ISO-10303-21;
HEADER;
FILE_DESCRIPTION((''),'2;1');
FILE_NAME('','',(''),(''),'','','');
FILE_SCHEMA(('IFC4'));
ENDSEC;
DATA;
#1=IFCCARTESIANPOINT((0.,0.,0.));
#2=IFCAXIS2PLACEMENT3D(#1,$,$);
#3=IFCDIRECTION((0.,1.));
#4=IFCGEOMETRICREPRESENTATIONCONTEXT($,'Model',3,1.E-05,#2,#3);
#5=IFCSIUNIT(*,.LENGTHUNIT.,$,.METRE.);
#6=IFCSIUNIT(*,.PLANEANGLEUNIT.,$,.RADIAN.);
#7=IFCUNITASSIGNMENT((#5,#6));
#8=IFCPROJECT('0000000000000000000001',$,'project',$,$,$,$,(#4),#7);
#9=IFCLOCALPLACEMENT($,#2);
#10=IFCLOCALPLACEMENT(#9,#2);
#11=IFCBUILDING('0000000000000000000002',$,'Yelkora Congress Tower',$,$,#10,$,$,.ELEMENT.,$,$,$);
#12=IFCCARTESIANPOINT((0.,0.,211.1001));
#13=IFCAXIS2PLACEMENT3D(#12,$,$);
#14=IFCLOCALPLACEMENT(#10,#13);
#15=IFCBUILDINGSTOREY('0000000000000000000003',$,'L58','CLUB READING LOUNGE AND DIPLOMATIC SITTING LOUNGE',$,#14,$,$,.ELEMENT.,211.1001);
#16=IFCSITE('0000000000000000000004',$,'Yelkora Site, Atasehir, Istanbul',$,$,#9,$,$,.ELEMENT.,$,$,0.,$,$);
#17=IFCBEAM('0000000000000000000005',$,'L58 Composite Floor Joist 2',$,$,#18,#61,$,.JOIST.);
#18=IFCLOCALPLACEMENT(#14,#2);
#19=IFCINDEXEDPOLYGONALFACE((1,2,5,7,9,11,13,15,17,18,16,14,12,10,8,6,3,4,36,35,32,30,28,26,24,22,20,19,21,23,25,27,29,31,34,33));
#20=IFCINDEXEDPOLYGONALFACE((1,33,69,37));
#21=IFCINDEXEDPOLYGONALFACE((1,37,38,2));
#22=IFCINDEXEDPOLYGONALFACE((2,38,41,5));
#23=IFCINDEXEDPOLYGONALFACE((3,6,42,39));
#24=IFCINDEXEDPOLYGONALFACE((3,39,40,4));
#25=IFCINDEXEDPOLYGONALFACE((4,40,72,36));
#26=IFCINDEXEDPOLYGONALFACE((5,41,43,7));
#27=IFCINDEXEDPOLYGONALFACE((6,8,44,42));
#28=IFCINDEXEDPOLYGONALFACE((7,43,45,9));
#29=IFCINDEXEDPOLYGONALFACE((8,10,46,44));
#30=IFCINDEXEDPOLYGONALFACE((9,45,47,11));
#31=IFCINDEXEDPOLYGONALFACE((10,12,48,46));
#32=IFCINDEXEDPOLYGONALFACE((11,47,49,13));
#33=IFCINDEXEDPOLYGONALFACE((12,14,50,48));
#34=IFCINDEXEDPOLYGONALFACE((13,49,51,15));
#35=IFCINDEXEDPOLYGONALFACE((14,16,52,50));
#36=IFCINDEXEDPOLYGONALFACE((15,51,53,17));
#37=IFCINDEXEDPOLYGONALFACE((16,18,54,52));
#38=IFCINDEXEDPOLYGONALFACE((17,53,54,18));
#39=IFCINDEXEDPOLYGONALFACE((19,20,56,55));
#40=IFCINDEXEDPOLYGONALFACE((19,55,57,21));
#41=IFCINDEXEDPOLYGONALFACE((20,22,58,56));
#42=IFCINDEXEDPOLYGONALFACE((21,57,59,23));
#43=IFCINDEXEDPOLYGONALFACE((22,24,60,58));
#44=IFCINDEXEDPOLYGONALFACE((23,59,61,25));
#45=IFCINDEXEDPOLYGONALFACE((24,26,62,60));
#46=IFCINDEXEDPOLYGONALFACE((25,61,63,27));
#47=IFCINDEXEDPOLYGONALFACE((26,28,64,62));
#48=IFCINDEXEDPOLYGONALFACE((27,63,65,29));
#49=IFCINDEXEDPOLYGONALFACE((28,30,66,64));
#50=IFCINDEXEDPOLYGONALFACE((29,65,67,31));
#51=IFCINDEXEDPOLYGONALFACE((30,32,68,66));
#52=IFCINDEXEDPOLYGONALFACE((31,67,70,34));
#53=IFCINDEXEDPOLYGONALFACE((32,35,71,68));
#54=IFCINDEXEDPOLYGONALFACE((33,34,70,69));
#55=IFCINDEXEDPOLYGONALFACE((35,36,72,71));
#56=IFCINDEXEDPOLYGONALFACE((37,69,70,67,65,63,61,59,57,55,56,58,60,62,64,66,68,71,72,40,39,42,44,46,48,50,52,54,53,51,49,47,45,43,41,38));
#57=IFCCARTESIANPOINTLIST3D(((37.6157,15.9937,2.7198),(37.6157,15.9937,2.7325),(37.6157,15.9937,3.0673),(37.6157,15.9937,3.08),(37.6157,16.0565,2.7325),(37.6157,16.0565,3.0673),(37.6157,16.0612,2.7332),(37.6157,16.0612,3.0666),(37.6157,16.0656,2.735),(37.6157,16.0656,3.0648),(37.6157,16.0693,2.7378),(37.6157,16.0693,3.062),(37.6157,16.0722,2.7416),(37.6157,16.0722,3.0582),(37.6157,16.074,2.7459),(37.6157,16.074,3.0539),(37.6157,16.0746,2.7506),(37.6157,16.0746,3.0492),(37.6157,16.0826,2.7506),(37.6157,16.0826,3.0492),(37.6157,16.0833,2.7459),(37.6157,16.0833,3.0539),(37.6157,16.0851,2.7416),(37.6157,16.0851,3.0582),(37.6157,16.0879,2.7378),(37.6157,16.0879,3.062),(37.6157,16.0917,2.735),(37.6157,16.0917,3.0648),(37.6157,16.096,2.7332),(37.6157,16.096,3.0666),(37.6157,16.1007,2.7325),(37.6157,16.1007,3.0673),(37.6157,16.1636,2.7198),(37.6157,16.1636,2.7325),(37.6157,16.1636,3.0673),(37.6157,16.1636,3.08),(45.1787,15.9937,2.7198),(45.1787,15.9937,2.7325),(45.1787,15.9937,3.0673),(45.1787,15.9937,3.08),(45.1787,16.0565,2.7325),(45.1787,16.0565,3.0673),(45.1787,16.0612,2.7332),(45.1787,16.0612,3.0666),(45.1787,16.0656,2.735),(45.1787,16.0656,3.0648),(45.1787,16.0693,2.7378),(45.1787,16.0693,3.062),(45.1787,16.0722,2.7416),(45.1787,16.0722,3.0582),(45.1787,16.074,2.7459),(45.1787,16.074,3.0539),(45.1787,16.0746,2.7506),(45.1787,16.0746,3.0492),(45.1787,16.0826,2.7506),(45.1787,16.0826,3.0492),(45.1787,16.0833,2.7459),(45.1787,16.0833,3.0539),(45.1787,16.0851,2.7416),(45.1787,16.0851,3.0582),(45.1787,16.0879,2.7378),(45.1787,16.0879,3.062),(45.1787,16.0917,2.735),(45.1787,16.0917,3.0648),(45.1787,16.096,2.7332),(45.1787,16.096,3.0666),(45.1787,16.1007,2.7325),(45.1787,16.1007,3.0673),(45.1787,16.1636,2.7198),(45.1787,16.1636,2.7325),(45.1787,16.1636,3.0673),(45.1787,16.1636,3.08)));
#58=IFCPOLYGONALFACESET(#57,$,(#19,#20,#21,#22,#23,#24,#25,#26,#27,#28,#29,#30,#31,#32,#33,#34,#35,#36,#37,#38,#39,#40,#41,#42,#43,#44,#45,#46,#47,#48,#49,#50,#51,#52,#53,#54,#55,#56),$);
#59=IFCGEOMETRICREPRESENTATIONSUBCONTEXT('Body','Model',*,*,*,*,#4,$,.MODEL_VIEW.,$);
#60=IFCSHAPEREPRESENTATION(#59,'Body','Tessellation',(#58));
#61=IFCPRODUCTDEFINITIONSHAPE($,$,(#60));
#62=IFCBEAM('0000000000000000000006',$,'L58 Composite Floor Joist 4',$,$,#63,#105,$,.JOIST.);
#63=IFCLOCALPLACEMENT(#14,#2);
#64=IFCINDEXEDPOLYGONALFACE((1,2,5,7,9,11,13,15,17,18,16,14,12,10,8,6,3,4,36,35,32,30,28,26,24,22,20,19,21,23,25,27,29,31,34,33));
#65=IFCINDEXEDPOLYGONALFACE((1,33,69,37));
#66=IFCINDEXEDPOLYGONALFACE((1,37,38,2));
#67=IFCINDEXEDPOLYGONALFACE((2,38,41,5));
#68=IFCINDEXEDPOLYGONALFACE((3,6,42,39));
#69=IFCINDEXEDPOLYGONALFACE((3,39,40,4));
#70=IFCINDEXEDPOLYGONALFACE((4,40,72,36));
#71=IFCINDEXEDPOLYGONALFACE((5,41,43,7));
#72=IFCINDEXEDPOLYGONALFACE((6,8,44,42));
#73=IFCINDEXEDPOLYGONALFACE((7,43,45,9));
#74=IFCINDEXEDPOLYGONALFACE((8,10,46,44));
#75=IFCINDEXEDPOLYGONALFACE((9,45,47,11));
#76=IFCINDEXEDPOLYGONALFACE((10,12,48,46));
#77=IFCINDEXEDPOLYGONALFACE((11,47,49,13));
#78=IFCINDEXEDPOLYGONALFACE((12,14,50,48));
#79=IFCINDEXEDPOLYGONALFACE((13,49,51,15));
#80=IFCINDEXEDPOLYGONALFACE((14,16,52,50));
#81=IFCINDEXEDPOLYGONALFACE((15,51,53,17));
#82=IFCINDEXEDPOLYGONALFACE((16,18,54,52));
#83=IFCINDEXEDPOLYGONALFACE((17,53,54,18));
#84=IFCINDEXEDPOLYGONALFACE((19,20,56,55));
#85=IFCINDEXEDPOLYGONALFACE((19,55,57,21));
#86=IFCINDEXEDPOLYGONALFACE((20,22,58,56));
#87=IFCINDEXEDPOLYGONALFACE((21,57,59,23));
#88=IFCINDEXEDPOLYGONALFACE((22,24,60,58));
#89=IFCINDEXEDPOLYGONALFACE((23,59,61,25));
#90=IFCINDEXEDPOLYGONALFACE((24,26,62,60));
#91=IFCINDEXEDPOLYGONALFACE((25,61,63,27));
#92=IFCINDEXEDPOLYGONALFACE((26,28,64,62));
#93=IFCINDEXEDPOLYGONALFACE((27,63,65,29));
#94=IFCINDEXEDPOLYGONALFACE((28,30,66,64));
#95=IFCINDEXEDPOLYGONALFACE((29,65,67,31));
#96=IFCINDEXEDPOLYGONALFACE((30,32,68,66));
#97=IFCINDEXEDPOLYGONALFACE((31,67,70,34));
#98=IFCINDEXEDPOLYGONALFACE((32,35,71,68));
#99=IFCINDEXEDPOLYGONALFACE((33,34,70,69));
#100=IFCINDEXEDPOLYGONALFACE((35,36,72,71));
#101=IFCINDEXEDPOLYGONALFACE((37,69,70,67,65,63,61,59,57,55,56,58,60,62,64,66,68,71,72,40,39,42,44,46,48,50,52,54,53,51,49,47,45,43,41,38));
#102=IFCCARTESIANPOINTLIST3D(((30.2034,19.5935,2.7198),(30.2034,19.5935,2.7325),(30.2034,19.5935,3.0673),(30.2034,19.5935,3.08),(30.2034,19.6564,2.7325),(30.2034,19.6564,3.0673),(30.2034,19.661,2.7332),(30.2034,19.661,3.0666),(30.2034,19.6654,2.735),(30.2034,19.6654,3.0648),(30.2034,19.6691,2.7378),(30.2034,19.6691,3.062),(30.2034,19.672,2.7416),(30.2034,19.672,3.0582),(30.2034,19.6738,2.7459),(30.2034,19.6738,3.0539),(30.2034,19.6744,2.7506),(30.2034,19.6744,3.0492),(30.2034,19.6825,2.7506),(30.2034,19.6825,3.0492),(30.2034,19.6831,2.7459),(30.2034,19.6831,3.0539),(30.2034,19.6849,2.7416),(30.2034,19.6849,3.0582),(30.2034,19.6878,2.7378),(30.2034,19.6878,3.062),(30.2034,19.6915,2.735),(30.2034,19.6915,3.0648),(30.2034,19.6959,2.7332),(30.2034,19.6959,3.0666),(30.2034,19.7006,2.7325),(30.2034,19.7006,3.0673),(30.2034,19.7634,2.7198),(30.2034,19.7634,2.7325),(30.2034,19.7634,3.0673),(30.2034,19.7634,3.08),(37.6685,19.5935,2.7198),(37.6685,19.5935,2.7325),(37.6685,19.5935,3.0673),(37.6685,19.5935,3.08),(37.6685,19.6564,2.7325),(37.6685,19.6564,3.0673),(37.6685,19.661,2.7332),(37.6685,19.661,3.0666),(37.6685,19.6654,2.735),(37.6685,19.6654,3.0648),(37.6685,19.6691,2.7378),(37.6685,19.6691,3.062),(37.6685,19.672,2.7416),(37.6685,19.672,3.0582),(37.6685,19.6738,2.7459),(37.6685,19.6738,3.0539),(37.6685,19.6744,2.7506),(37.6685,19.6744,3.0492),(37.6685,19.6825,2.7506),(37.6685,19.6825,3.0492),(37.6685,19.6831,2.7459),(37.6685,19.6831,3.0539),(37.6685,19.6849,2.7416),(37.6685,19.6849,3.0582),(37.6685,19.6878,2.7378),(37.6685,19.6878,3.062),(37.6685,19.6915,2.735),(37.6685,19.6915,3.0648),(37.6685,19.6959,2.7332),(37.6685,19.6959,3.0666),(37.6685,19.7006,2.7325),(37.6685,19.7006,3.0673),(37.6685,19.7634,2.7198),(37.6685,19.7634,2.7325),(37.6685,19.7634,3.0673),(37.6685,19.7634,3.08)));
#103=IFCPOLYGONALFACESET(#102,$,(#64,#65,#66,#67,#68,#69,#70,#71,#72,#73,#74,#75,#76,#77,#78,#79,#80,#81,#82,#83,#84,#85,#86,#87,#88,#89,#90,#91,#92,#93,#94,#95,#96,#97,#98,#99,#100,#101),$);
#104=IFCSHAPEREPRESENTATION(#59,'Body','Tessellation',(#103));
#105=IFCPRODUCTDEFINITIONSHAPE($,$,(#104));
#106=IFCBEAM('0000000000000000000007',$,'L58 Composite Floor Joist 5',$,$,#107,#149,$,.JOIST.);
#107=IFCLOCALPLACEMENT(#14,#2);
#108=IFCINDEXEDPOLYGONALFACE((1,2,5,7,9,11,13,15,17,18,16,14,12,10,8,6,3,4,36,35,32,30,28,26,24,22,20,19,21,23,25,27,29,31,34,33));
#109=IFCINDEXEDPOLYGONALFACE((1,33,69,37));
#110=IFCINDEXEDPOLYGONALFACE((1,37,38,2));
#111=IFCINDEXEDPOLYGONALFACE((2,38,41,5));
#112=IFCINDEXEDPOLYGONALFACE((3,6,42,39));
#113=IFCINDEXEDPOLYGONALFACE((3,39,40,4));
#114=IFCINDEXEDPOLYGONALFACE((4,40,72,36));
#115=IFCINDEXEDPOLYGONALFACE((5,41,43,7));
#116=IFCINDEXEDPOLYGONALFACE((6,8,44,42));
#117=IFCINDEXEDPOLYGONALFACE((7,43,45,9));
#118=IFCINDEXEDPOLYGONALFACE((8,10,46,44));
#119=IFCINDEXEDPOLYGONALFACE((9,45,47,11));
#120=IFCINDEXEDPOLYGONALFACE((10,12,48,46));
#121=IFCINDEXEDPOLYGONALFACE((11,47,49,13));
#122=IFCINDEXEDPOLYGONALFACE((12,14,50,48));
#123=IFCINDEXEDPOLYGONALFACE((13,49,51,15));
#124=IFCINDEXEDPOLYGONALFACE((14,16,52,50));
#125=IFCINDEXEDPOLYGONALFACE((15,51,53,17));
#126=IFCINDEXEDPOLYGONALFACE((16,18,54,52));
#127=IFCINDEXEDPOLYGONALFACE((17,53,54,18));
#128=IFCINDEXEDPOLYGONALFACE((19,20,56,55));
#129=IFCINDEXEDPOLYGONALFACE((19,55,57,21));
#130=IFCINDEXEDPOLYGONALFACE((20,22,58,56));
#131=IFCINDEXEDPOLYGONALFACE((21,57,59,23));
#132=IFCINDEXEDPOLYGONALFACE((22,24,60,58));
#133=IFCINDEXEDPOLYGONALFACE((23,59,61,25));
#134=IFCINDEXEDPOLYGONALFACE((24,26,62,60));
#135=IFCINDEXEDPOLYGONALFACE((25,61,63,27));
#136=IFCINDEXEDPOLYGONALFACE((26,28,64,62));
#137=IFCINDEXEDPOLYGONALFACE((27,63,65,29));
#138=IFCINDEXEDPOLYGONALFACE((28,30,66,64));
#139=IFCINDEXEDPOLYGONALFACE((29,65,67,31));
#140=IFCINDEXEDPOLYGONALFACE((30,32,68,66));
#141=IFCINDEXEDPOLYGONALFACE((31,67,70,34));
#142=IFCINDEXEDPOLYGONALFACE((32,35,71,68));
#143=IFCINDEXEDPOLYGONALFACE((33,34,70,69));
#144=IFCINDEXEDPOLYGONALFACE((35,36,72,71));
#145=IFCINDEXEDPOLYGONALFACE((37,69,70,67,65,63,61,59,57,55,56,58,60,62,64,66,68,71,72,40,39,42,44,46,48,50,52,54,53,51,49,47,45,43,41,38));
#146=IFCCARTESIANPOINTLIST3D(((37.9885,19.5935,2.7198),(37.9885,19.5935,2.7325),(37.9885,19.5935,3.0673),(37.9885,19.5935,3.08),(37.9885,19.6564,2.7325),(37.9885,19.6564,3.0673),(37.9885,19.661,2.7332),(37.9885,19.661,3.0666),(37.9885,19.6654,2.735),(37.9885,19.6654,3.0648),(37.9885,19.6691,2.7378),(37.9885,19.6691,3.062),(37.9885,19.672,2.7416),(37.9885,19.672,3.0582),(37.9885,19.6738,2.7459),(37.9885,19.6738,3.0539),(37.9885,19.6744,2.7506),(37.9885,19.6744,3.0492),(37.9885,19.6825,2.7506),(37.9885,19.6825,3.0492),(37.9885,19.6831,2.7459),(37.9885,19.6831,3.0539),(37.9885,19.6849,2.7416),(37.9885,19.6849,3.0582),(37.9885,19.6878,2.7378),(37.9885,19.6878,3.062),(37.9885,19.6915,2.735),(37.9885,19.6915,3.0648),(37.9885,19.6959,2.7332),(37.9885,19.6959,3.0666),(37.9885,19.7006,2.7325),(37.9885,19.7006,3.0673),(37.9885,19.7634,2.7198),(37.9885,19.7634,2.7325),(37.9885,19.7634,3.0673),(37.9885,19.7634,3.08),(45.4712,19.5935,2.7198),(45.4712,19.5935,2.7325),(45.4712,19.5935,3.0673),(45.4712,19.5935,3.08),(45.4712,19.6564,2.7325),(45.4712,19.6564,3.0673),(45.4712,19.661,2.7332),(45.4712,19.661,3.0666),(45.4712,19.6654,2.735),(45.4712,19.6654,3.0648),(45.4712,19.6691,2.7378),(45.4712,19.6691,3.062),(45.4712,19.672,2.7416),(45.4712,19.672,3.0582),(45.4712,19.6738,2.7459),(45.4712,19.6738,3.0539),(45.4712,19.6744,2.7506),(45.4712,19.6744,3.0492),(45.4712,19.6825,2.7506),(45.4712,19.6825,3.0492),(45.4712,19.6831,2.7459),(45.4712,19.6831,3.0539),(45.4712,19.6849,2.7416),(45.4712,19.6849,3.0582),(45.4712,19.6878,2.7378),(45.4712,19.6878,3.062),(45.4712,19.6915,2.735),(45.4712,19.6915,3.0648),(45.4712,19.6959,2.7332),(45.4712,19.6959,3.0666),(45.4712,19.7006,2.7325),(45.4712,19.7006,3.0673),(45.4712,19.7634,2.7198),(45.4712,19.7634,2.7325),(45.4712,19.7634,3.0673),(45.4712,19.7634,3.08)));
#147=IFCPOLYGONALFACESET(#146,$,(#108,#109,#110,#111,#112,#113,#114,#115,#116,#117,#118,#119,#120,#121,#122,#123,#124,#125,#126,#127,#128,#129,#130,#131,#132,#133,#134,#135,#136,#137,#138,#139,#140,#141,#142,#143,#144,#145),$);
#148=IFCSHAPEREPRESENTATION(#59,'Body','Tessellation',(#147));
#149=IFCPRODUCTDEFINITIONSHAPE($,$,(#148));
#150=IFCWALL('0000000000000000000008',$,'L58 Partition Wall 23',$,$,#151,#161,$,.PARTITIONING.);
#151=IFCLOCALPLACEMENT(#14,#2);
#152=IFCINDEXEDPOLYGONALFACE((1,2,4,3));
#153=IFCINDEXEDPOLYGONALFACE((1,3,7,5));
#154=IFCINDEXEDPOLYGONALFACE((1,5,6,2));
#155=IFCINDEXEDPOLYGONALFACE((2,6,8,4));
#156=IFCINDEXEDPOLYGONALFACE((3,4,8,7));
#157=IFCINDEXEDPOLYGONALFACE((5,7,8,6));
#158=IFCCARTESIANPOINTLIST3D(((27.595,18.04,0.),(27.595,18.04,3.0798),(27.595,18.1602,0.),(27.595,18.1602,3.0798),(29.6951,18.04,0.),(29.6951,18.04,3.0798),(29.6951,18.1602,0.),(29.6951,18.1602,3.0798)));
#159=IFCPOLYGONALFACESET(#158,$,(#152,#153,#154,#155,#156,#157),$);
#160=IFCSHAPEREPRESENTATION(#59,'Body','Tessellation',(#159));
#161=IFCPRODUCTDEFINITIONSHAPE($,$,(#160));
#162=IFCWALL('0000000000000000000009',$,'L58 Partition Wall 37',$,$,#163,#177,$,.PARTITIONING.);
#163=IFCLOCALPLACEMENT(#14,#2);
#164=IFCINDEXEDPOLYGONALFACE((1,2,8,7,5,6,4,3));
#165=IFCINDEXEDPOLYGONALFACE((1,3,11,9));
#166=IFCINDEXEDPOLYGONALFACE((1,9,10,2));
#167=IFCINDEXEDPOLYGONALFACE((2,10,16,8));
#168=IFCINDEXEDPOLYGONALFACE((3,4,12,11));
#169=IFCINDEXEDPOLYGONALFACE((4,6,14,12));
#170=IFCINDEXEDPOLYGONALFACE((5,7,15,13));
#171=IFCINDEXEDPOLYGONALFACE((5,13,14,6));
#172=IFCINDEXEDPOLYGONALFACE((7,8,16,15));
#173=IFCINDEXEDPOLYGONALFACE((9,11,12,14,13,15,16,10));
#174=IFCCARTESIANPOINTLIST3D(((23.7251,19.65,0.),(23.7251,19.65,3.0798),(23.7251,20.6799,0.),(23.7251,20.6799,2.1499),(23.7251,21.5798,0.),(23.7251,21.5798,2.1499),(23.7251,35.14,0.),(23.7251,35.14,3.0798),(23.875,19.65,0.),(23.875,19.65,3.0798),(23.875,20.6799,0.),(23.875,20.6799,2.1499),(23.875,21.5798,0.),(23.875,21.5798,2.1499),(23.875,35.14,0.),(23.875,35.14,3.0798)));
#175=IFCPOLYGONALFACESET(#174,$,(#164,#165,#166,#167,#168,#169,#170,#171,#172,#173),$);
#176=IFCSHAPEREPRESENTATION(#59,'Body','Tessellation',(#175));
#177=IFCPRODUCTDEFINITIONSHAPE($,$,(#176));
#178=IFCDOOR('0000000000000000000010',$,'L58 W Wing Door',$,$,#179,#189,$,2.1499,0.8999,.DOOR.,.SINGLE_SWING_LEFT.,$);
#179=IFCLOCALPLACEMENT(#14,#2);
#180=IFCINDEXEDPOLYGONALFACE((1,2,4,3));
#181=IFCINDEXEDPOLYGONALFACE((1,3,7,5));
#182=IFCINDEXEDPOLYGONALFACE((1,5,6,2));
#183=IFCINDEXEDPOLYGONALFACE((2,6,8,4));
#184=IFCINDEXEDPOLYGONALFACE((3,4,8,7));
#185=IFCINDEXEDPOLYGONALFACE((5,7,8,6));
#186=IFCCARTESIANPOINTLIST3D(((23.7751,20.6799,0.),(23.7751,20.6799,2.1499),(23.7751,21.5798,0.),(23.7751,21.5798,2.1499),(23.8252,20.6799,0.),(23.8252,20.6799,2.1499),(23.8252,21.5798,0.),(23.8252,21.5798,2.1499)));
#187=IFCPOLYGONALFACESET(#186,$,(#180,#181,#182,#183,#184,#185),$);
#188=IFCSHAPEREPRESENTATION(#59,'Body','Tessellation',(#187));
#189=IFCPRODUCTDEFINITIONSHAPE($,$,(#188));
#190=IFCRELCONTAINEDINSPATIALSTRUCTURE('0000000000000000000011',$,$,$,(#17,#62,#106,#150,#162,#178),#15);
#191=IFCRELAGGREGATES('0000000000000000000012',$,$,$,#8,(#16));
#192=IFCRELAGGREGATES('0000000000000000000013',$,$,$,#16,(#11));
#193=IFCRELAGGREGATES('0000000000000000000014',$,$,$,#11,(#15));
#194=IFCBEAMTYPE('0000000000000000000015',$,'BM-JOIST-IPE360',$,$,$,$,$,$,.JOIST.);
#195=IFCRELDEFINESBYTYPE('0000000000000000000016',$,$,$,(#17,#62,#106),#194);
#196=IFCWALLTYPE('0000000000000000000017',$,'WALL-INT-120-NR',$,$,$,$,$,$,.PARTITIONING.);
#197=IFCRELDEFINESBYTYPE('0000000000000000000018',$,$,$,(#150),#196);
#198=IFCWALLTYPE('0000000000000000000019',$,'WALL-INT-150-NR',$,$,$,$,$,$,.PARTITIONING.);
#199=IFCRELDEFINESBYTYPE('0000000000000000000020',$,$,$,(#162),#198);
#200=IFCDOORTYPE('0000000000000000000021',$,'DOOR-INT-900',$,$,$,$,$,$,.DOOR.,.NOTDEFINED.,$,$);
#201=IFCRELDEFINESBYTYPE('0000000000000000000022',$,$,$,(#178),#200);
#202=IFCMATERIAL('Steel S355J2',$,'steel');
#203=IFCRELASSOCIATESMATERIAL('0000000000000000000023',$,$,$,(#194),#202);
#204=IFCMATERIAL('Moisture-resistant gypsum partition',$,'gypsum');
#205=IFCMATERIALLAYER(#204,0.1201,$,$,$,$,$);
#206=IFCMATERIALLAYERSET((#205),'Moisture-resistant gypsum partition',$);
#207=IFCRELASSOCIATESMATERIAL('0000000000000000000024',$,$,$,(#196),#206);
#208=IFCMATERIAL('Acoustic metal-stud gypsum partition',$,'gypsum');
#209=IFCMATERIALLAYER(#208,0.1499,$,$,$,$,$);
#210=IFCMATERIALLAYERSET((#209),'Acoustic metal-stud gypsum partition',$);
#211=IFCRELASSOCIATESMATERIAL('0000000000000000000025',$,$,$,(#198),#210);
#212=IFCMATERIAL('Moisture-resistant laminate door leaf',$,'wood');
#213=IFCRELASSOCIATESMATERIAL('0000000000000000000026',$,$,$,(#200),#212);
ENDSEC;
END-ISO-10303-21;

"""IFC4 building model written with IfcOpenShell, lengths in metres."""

from ifc_helpers import new_model, si_unit, direction, frame, frame_2d, origin, origin_2d, place, context, subcontext, project, spatial, rectangle, i_section, extrude, material, layer, layer_set, material_profile, profile_set, type_object, element, fill, save


model = new_model("IFC4")

# Units and contexts
model_context = context("Model", 3, precision=1e-05, world=origin(), true_north=direction((0.0, 1.0)))
body_context = subcontext(model_context, "Body", "Model", "MODEL_VIEW")
ifc_project = project(units=[si_unit("LENGTHUNIT", "METRE"), si_unit("PLANEANGLEUNIT", "RADIAN")], contexts=[model_context])

# Site, building, storey
site_placement = place(None, origin())
site = spatial("IfcSite", under=ifc_project, at=site_placement, Name="Yelkora Site, Atasehir, Istanbul", CompositionType="ELEMENT", RefElevation=0.0)
building_placement = place(site_placement, origin())
building = spatial("IfcBuilding", under=site, at=building_placement, Name="Yelkora Congress Tower", CompositionType="ELEMENT")
storey_placement = place(building_placement, frame((0.0, 0.0, 211.1001)))
storey = spatial("IfcBuildingStorey", under=building, at=storey_placement, Name="L58", Description="CLUB READING LOUNGE AND DIPLOMATIC SITTING LOUNGE", CompositionType="ELEMENT", Elevation=211.1001)

# Beams
ifc_material_1 = material(Name="Steel S355J2", Category="steel")
ifc_material_profile = material_profile(ifc_material_1, i_section(OverallWidth=0.1699, OverallDepth=0.3601, WebThickness=0.0081, FlangeThickness=0.0127, FilletRadius=0.0181, at=origin_2d()), Name="IPE 360")
ifc_profile_set = profile_set([ifc_material_profile], Name="Steel S355J2")
beam_type = type_object("IfcBeamType", Name="BM-JOIST-IPE360", PredefinedType="JOIST", material=ifc_profile_set)
beam_1_placement = place(storey_placement, frame((37.6157, 16.0786, 2.8999), z_axis=(1.0, 0.0, 0.0), x_axis=(0.0, 1.0, 0.0)))
element("IfcBeam", 1, at=beam_1_placement, inside=storey, type_object=beam_type, Name="L58 Composite Floor Joist 2", PredefinedType="JOIST", context=body_context, shape_type="SweptSolid", body=[
    extrude(i_section(OverallWidth=0.1699, OverallDepth=0.3601, WebThickness=0.0081, FlangeThickness=0.0127, FilletRadius=0.0181, at=origin_2d()), origin(), (0.0, 0.0, 1.0), 7.563),
])
beam_2_placement = place(storey_placement, frame((30.2034, 19.6785, 2.8999), z_axis=(1.0, 0.0, 0.0), x_axis=(0.0, 1.0, 0.0)))
element("IfcBeam", 2, at=beam_2_placement, inside=storey, type_object=beam_type, Name="L58 Composite Floor Joist 4", PredefinedType="JOIST", context=body_context, shape_type="SweptSolid", body=[
    extrude(i_section(OverallWidth=0.1699, OverallDepth=0.3601, WebThickness=0.0081, FlangeThickness=0.0127, FilletRadius=0.0181, at=origin_2d()), origin(), (0.0, 0.0, 1.0), 7.4651),
])
beam_3_placement = place(storey_placement, frame((37.9885, 19.6785, 2.8999), z_axis=(1.0, 0.0, 0.0), x_axis=(0.0, 1.0, 0.0)))
element("IfcBeam", 3, at=beam_3_placement, inside=storey, type_object=beam_type, Name="L58 Composite Floor Joist 5", PredefinedType="JOIST", context=body_context, shape_type="SweptSolid", body=[
    extrude(i_section(OverallWidth=0.1699, OverallDepth=0.3601, WebThickness=0.0081, FlangeThickness=0.0127, FilletRadius=0.0181, at=origin_2d()), origin(), (0.0, 0.0, 1.0), 7.4827),
])

# Wall
ifc_material_2 = material(Name="Moisture-resistant gypsum partition", Category="gypsum")
ifc_layer_1 = layer(ifc_material_2, 0.1201)
ifc_layer_set_1 = layer_set([ifc_layer_1], Name="Moisture-resistant gypsum partition")
wall_type_1 = type_object("IfcWallType", Name="WALL-INT-120-NR", PredefinedType="PARTITIONING", material=ifc_layer_set_1)
wall_1_placement = place(storey_placement, frame((27.595, 18.1001, 0.0), z_axis=(0.0, 0.0, 1.0), x_axis=(1.0, 0.0, 0.0)))
element("IfcWall", 4, at=wall_1_placement, inside=storey, type_object=wall_type_1, Name="L58 Partition Wall 23", PredefinedType="PARTITIONING", context=body_context, shape_type="SweptSolid", body=[
    extrude(rectangle(XDim=2.1001, YDim=0.1201, at=frame_2d((1.05, 0.0))), origin(), (0.0, 0.0, 1.0), 3.0798),
])

# Wall, opening, door
ifc_material_3 = material(Name="Acoustic metal-stud gypsum partition", Category="gypsum")
ifc_layer_2 = layer(ifc_material_3, 0.1499)
ifc_layer_set_2 = layer_set([ifc_layer_2], Name="Acoustic metal-stud gypsum partition")
wall_type_2 = type_object("IfcWallType", Name="WALL-INT-150-NR", PredefinedType="PARTITIONING", material=ifc_layer_set_2)
wall_2_placement = place(storey_placement, frame((23.8, 19.6499, 0.0), z_axis=(0.0, 0.0, 1.0), x_axis=(0.0, 1.0, 0.0)))
wall_2 = element("IfcWall", 5, at=wall_2_placement, inside=storey, type_object=wall_type_2, Name="L58 Partition Wall 37", PredefinedType="PARTITIONING", context=body_context, shape_type="SweptSolid", body=[
    extrude(rectangle(XDim=15.49, YDim=0.1499, at=frame_2d((7.7451, 0.0))), origin(), (0.0, 0.0, 1.0), 3.0798),
])
opening_1_placement = place(wall_2_placement, frame((1.03, 0.0, 0.0)))
opening_1 = element("IfcOpeningElement", 6, at=opening_1_placement, cuts=wall_2, PredefinedType="OPENING", context=body_context, shape_type="SweptSolid", body=[
    extrude(rectangle(XDim=0.8999, YDim=2.1499, at=frame_2d((0.45, 1.075))), frame((0.0, 0.085, 0.0), z_axis=(0.0, -1.0, 0.0), x_axis=(1.0, 0.0, 0.0)), (0.0, 0.0, 1.0), 0.1699),
])
ifc_material_4 = material(Name="Moisture-resistant laminate door leaf", Category="wood")
door_type_1 = type_object("IfcDoorType", Name="DOOR-INT-900", OperationType="NOTDEFINED", PredefinedType="DOOR", material=ifc_material_4)
door_1_placement = place(opening_1_placement, origin())
door_1 = element("IfcDoor", 7, at=door_1_placement, inside=storey, type_object=door_type_1, Name="L58 W Wing Door", OperationType="SINGLE_SWING_LEFT", OverallHeight=2.1499, OverallWidth=0.8999, PredefinedType="DOOR", context=body_context, shape_type="SweptSolid", body=[
    extrude(rectangle(XDim=0.8999, YDim=2.1499, at=frame_2d((0.45, 1.075))), frame((0.0, 0.0249, 0.0), z_axis=(0.0, -1.0, 0.0), x_axis=(1.0, 0.0, 0.0)), (0.0, 0.0, 1.0), 0.05),
])
fill(opening_1, door_1)

save(model, "model.ifc")
